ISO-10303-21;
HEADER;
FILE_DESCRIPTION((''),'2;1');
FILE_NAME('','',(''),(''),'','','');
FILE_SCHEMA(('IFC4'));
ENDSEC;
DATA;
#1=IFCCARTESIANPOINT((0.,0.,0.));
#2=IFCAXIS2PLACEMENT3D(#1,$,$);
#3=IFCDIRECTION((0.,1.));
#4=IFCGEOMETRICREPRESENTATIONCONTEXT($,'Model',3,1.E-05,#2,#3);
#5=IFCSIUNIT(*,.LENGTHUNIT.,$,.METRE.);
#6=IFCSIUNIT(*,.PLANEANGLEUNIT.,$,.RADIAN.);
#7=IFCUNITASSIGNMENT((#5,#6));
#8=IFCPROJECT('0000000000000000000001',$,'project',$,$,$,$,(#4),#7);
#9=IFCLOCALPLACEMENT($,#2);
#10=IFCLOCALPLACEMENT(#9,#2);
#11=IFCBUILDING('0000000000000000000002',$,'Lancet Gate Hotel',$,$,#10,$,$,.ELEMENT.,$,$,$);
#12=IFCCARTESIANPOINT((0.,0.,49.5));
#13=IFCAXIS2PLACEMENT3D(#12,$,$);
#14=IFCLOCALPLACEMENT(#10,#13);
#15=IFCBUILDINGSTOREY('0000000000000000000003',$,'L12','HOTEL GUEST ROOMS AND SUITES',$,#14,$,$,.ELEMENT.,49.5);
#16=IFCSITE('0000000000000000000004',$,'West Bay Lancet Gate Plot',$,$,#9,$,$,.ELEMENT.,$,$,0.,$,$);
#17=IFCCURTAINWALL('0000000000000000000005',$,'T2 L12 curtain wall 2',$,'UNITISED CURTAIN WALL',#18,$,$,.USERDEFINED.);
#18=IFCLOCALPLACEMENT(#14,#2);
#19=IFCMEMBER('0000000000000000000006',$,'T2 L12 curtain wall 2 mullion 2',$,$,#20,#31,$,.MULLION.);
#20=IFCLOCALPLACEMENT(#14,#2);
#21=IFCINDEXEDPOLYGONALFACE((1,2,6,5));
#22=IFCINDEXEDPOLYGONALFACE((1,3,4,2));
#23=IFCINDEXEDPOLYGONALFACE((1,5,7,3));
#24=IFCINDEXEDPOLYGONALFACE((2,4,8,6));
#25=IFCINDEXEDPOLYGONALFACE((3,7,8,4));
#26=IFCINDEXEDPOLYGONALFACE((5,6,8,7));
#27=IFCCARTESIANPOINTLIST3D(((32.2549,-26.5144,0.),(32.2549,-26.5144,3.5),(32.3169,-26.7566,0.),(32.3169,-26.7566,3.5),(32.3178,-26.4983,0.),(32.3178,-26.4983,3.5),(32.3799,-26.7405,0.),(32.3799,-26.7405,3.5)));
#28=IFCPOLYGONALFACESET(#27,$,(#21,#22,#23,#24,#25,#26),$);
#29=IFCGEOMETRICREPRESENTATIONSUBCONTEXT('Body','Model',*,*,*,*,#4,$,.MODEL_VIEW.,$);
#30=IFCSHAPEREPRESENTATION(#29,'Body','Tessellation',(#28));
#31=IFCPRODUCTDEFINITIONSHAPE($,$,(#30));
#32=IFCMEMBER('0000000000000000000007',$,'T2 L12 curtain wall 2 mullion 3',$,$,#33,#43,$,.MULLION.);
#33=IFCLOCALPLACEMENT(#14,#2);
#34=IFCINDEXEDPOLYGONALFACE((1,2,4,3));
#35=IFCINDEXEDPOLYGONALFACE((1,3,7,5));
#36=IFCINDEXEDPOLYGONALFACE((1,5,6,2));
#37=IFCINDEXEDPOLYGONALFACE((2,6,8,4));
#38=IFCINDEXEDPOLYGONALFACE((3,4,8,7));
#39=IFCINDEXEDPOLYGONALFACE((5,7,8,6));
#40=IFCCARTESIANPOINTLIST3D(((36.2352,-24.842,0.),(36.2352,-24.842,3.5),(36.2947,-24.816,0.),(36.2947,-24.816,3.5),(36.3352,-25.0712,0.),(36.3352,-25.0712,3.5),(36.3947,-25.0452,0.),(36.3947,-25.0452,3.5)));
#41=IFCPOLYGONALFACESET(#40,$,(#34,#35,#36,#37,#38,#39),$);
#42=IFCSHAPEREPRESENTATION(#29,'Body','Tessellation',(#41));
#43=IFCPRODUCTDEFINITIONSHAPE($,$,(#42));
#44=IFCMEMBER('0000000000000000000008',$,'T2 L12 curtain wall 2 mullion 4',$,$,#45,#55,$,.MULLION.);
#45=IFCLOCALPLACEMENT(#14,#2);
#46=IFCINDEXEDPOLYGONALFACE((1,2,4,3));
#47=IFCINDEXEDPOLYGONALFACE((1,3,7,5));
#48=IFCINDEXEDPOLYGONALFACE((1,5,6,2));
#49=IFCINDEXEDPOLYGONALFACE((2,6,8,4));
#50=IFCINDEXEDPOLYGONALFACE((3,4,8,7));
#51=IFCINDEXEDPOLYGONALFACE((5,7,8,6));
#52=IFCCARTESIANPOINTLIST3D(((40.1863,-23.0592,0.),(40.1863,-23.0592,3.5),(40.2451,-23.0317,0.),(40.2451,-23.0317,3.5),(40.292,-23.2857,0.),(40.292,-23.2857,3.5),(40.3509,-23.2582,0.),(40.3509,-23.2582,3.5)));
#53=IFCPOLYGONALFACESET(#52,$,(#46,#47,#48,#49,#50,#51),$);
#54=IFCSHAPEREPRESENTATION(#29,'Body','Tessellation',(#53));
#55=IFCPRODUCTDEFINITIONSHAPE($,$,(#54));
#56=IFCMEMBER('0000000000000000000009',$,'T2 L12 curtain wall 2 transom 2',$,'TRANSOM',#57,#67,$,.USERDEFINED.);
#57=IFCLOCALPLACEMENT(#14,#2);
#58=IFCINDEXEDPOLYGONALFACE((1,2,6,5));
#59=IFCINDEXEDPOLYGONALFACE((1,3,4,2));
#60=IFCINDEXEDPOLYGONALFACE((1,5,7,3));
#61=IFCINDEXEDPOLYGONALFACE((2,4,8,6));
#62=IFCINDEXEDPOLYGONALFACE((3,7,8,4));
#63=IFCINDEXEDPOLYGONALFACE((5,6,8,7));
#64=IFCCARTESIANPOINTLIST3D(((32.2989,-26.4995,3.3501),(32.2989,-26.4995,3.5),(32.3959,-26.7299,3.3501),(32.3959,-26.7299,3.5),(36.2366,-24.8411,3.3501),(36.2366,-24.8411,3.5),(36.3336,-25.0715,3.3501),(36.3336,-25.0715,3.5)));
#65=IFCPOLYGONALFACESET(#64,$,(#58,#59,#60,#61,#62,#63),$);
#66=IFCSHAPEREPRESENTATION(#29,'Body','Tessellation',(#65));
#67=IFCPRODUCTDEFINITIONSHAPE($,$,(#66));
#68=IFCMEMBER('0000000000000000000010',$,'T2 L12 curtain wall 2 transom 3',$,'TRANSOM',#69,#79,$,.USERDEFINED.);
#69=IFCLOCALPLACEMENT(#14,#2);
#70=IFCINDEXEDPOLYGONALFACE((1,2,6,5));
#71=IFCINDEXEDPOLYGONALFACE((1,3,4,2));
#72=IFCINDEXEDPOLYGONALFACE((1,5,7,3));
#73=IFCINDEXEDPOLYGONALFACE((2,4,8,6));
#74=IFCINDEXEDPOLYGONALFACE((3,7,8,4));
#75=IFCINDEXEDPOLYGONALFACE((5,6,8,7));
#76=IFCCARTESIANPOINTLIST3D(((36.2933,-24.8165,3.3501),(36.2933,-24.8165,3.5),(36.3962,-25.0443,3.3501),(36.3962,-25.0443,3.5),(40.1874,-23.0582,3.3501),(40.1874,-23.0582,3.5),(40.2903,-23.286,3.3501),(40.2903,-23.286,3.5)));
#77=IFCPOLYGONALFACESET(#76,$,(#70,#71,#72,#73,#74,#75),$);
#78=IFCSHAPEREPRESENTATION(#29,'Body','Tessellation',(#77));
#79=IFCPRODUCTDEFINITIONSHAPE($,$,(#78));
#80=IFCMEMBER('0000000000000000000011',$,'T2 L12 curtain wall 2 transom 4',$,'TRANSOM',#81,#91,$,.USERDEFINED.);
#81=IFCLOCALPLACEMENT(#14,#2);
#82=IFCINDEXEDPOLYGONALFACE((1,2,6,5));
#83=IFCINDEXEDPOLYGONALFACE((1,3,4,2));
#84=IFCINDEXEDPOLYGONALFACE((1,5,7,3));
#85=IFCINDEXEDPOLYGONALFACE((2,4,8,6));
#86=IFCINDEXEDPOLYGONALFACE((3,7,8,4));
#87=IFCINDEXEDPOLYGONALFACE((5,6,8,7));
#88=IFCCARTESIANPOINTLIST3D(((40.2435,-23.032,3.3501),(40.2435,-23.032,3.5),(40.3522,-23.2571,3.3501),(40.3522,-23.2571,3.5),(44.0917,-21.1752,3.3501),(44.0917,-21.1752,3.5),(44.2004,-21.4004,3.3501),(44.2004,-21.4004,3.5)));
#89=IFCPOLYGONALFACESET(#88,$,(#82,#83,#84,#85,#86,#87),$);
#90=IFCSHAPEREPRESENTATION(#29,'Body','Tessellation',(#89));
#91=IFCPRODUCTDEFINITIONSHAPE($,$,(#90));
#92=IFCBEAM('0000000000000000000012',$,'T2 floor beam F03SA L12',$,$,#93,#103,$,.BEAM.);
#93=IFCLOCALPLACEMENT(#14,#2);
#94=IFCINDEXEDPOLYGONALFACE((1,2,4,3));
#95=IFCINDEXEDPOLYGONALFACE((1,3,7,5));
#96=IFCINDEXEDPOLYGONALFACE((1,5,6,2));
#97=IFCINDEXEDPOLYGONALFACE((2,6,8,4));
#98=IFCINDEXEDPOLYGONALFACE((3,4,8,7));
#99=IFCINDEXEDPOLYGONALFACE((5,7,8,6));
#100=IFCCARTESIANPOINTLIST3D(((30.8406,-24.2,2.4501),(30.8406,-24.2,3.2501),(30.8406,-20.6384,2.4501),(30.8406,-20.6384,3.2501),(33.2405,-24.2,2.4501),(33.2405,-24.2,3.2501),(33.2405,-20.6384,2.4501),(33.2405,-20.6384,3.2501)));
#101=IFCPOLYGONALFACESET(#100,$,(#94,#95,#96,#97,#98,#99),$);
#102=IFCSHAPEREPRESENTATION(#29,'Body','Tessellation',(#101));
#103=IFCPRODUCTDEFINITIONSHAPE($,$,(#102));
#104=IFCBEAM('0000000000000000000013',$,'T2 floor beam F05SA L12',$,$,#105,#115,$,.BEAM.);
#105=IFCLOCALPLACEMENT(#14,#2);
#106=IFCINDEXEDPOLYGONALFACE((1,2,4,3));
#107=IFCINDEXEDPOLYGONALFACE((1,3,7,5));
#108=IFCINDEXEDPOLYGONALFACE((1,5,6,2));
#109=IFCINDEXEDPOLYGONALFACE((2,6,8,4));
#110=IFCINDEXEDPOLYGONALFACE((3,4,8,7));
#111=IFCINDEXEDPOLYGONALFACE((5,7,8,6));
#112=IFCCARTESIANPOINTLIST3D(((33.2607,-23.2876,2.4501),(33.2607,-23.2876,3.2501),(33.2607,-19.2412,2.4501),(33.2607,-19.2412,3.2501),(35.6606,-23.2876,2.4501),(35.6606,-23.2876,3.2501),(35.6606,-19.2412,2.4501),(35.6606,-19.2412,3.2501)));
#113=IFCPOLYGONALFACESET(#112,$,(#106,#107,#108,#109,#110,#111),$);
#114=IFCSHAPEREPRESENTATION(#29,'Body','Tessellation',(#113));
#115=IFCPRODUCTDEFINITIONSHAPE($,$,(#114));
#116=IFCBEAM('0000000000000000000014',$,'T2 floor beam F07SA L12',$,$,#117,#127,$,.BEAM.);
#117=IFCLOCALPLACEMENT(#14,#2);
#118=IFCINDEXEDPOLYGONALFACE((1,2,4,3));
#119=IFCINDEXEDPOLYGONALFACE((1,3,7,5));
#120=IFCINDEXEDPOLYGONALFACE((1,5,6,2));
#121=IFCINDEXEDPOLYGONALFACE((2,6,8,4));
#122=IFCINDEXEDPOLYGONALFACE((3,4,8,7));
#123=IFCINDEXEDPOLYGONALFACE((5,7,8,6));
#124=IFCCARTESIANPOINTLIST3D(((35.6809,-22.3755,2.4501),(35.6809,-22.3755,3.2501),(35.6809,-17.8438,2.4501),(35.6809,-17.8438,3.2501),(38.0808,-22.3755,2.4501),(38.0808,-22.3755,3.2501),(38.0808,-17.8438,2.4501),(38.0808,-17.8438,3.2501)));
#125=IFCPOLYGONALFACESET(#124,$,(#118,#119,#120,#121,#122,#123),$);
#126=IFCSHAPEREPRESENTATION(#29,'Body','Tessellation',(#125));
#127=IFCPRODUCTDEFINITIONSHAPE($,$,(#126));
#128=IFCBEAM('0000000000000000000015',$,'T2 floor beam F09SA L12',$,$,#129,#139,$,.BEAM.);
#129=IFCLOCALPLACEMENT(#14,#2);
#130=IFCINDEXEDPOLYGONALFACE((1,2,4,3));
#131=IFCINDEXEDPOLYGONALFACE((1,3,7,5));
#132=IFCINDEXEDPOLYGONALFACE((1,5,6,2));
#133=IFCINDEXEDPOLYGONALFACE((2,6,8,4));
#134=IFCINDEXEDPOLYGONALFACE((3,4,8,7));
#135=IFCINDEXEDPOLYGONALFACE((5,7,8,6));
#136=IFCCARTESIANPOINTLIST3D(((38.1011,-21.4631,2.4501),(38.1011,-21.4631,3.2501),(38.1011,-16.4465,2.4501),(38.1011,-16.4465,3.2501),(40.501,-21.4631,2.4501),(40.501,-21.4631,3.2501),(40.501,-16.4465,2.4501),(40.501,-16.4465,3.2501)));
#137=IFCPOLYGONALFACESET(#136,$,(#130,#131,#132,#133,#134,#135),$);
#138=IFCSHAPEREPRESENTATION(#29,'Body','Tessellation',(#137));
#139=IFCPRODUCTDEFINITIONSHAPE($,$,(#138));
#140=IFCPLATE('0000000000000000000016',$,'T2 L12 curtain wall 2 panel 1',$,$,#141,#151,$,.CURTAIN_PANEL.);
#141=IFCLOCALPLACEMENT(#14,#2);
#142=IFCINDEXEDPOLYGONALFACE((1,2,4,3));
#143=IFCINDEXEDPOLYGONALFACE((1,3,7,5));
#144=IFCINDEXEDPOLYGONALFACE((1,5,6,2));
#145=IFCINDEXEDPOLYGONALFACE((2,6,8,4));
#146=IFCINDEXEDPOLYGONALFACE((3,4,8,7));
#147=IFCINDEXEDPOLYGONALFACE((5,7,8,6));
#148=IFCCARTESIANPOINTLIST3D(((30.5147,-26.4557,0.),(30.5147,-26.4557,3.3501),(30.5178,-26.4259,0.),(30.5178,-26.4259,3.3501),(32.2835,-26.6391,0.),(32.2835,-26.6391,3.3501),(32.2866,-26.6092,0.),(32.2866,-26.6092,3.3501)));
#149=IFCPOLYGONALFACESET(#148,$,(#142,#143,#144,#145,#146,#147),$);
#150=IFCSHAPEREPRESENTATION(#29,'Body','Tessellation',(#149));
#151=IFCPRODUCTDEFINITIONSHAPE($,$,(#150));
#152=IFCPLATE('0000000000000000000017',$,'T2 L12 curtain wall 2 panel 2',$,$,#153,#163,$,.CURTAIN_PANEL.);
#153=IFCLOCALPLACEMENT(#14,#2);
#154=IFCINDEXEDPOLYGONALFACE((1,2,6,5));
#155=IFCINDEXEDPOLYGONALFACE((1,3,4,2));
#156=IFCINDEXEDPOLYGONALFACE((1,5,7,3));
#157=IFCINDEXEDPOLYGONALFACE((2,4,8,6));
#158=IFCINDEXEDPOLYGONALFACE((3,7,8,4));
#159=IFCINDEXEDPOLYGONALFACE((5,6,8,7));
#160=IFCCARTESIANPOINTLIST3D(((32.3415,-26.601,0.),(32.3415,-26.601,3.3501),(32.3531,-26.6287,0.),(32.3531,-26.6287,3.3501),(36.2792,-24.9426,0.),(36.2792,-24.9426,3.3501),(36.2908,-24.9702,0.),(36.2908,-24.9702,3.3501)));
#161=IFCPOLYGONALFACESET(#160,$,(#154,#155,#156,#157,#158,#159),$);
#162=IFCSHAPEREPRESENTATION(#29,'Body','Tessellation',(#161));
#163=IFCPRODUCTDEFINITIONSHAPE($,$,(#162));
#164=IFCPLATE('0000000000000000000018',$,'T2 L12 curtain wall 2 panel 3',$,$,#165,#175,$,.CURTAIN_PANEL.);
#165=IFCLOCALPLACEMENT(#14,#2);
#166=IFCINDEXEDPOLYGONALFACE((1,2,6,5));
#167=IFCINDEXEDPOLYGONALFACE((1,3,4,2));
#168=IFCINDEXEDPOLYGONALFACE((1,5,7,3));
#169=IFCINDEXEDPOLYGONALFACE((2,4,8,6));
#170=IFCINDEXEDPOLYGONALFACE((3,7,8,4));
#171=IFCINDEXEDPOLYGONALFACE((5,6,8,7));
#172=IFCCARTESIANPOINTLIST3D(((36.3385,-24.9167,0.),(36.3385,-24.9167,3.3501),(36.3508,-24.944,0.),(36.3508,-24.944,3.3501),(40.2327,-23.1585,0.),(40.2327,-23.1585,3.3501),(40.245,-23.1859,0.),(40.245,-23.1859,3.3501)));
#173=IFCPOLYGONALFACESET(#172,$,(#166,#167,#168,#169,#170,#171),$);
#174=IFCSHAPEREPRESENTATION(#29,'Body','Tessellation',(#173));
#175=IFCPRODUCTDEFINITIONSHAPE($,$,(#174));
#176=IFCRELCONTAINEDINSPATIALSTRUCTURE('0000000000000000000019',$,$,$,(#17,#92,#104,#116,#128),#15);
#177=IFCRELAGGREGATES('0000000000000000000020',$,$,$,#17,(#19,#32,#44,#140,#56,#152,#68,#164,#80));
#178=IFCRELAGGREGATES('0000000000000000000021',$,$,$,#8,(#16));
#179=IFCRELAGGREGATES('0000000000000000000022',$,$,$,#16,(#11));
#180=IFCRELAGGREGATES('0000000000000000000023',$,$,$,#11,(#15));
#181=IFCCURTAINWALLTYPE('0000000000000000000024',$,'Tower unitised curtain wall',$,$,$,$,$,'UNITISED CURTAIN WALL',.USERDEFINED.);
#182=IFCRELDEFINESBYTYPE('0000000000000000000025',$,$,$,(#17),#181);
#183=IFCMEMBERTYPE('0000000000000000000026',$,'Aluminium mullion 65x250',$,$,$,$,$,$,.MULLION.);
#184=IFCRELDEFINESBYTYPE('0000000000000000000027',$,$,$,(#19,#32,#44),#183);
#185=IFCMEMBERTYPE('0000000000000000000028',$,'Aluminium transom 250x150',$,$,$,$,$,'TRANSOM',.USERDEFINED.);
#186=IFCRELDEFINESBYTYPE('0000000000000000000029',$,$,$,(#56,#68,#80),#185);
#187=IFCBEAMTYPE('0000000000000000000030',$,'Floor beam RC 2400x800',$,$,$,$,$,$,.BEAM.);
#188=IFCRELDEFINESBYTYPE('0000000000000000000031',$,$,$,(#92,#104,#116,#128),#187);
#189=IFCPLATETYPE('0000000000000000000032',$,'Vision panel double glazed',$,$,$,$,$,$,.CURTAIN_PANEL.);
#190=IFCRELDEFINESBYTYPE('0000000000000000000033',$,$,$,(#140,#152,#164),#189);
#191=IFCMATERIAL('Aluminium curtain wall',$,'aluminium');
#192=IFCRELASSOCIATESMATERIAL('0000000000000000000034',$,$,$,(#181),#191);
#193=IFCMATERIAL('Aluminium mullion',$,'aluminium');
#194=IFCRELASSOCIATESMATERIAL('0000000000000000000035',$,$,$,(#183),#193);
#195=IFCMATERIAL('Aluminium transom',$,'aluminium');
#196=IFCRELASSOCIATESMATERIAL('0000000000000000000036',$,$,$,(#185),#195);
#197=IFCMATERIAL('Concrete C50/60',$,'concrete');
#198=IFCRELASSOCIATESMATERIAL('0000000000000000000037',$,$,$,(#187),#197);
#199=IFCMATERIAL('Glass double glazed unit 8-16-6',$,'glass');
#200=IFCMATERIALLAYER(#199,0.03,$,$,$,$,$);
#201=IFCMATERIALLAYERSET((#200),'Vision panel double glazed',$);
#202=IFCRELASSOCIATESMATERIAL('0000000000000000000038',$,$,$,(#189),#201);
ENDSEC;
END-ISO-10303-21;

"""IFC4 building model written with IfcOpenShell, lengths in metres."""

from ifc_helpers import new_model, si_unit, direction, frame, origin, origin_2d, place, context, subcontext, project, spatial, rectangle, extrude, material, layer, layer_set, material_profile, profile_set, type_object, element, aggregate, save


model = new_model("IFC4")

# Units and contexts
model_context = context("Model", 3, precision=1e-05, world=origin(), true_north=direction((0.0, 1.0)))
body_context = subcontext(model_context, "Body", "Model", "MODEL_VIEW")
ifc_project = project(units=[si_unit("LENGTHUNIT", "METRE"), si_unit("PLANEANGLEUNIT", "RADIAN")], contexts=[model_context])

# Site, building, storey
site_placement = place(None, origin())
site = spatial("IfcSite", under=ifc_project, at=site_placement, Name="West Bay Lancet Gate Plot", CompositionType="ELEMENT", RefElevation=0.0)
building_placement = place(site_placement, origin())
building = spatial("IfcBuilding", under=site, at=building_placement, Name="Lancet Gate Hotel", CompositionType="ELEMENT")
storey_placement = place(building_placement, frame((0.0, 0.0, 49.5)))
storey = spatial("IfcBuildingStorey", under=building, at=storey_placement, Name="L12", Description="HOTEL GUEST ROOMS AND SUITES", CompositionType="ELEMENT", Elevation=49.5)

# Curtain wall, members
ifc_material_1 = material(Name="Aluminium curtain wall", Category="aluminium")
curtain_wall_type = type_object("IfcCurtainWallType", Name="Tower unitised curtain wall", ElementType="UNITISED CURTAIN WALL", PredefinedType="USERDEFINED", material=ifc_material_1)
curtain_wall_placement = place(storey_placement, origin())
curtain_wall = element("IfcCurtainWall", 1, at=curtain_wall_placement, inside=storey, type_object=curtain_wall_type, Name="T2 L12 curtain wall 2", ObjectType="UNITISED CURTAIN WALL", PredefinedType="USERDEFINED")
ifc_material_2 = material(Name="Aluminium mullion", Category="aluminium")
ifc_material_profile_1 = material_profile(ifc_material_2, rectangle(XDim=0.0649, YDim=0.25, at=origin_2d()), Name="MULLION 65x250")
ifc_profile_set_1 = profile_set([ifc_material_profile_1], Name="Aluminium mullion")
member_type_1 = type_object("IfcMemberType", Name="Aluminium mullion 65x250", PredefinedType="MULLION", material=ifc_profile_set_1)
member_1_placement = place(storey_placement, frame((32.3174, -26.6274, 0.0), z_axis=(0.0, 0.0, 1.0), x_axis=(0.968721, 0.24815, 0.0)))
member_1 = element("IfcMember", 2, at=member_1_placement, type_object=member_type_1, Name="T2 L12 curtain wall 2 mullion 2", PredefinedType="MULLION", context=body_context, shape_type="SweptSolid", body=[
    extrude(rectangle(XDim=0.0649, YDim=0.25, at=origin_2d()), origin(), (0.0, 0.0, 1.0), 3.5),
])
member_2_placement = place(storey_placement, frame((36.3149, -24.9436, 0.0), z_axis=(0.0, 0.0, 1.0), x_axis=(0.916579, 0.399854, 0.0)))
member_2 = element("IfcMember", 3, at=member_2_placement, type_object=member_type_1, Name="T2 L12 curtain wall 2 mullion 3", PredefinedType="MULLION", context=body_context, shape_type="SweptSolid", body=[
    extrude(rectangle(XDim=0.0649, YDim=0.25, at=origin_2d()), origin(), (0.0, 0.0, 1.0), 3.5),
])
member_3_placement = place(storey_placement, frame((40.2686, -23.1587, 0.0), z_axis=(0.0, 0.0, 1.0), x_axis=(0.906105, 0.423053, 0.0)))
member_3 = element("IfcMember", 4, at=member_3_placement, type_object=member_type_1, Name="T2 L12 curtain wall 2 mullion 4", PredefinedType="MULLION", context=body_context, shape_type="SweptSolid", body=[
    extrude(rectangle(XDim=0.0649, YDim=0.25, at=origin_2d()), origin(), (0.0, 0.0, 1.0), 3.5),
])
ifc_material_3 = material(Name="Aluminium transom", Category="aluminium")
ifc_material_profile_2 = material_profile(ifc_material_3, rectangle(XDim=0.25, YDim=0.1499, at=origin_2d()), Name="TRANSOM 250x150")
ifc_profile_set_2 = profile_set([ifc_material_profile_2], Name="Aluminium transom")
member_type_2 = type_object("IfcMemberType", Name="Aluminium transom 250x150", ElementType="TRANSOM", PredefinedType="USERDEFINED", material=ifc_profile_set_2)
member_4_placement = place(storey_placement, frame((32.3474, -26.6147, 3.425), z_axis=(0.921598, 0.388146, 0.0), x_axis=(-0.388146, 0.921598, 0.0)))
member_4 = element("IfcMember", 5, at=member_4_placement, type_object=member_type_2, Name="T2 L12 curtain wall 2 transom 2", ObjectType="TRANSOM", PredefinedType="USERDEFINED", context=body_context, shape_type="SweptSolid", body=[
    extrude(rectangle(XDim=0.25, YDim=0.1499, at=origin_2d()), origin(), (0.0, 0.0, 1.0), 4.2727),
])
member_5_placement = place(storey_placement, frame((36.3447, -24.9304, 3.425), z_axis=(0.911397, 0.411529, 0.0), x_axis=(-0.411529, 0.911397, 0.0)))
member_5 = element("IfcMember", 6, at=member_5_placement, type_object=member_type_2, Name="T2 L12 curtain wall 2 transom 3", ObjectType="TRANSOM", PredefinedType="USERDEFINED", context=body_context, shape_type="SweptSolid", body=[
    extrude(rectangle(XDim=0.25, YDim=0.1499, at=origin_2d()), origin(), (0.0, 0.0, 1.0), 4.2727),
])
member_6_placement = place(storey_placement, frame((40.2979, -23.1445, 3.425), z_axis=(0.900646, 0.434553, 0.0), x_axis=(-0.434553, 0.900646, 0.0)))
member_6 = element("IfcMember", 7, at=member_6_placement, type_object=member_type_2, Name="T2 L12 curtain wall 2 transom 4", ObjectType="TRANSOM", PredefinedType="USERDEFINED", context=body_context, shape_type="SweptSolid", body=[
    extrude(rectangle(XDim=0.25, YDim=0.1499, at=origin_2d()), origin(), (0.0, 0.0, 1.0), 4.2727),
])

# Beams
ifc_material_4 = material(Name="Concrete C50/60", Category="concrete")
ifc_material_profile_3 = material_profile(ifc_material_4, rectangle(XDim=2.3999, YDim=0.8, at=origin_2d()), Name="RC 2400x800")
ifc_profile_set_3 = profile_set([ifc_material_profile_3], Name="Concrete C50/60")
beam_type = type_object("IfcBeamType", Name="Floor beam RC 2400x800", PredefinedType="BEAM", material=ifc_profile_set_3)
beam_1_placement = place(storey_placement, frame((32.0405, -24.2, 2.8501), z_axis=(0.0, 1.0, 0.0), x_axis=(-1.0, 0.0, 0.0)))
element("IfcBeam", 8, at=beam_1_placement, inside=storey, type_object=beam_type, Name="T2 floor beam F03SA L12", PredefinedType="BEAM", context=body_context, shape_type="SweptSolid", body=[
    extrude(rectangle(XDim=2.3999, YDim=0.8, at=origin_2d()), origin(), (0.0, 0.0, 1.0), 3.5615),
])
beam_2_placement = place(storey_placement, frame((34.4607, -23.2876, 2.8501), z_axis=(0.0, 1.0, 0.0), x_axis=(-1.0, 0.0, 0.0)))
element("IfcBeam", 9, at=beam_2_placement, inside=storey, type_object=beam_type, Name="T2 floor beam F05SA L12", PredefinedType="BEAM", context=body_context, shape_type="SweptSolid", body=[
    extrude(rectangle(XDim=2.3999, YDim=0.8, at=origin_2d()), origin(), (0.0, 0.0, 1.0), 4.0464),
])
beam_3_placement = place(storey_placement, frame((36.8809, -22.3755, 2.8501), z_axis=(0.0, 1.0, 0.0), x_axis=(-1.0, 0.0, 0.0)))
element("IfcBeam", 10, at=beam_3_placement, inside=storey, type_object=beam_type, Name="T2 floor beam F07SA L12", PredefinedType="BEAM", context=body_context, shape_type="SweptSolid", body=[
    extrude(rectangle(XDim=2.3999, YDim=0.8, at=origin_2d()), origin(), (0.0, 0.0, 1.0), 4.5317),
])
beam_4_placement = place(storey_placement, frame((39.301, -21.4631, 2.8501), z_axis=(0.0, 1.0, 0.0), x_axis=(-1.0, 0.0, 0.0)))
element("IfcBeam", 11, at=beam_4_placement, inside=storey, type_object=beam_type, Name="T2 floor beam F09SA L12", PredefinedType="BEAM", context=body_context, shape_type="SweptSolid", body=[
    extrude(rectangle(XDim=2.3999, YDim=0.8, at=origin_2d()), origin(), (0.0, 0.0, 1.0), 5.0166),
])

# Plates
ifc_material_5 = material(Name="Glass double glazed unit 8-16-6", Category="glass")
ifc_layer_1 = layer(ifc_material_5, 0.03)
ifc_layer_set_1 = layer_set([ifc_layer_1], Name="Vision panel double glazed")
plate_type = type_object("IfcPlateType", Name="Vision panel double glazed", PredefinedType="CURTAIN_PANEL", material=ifc_layer_set_1)
plate_1_placement = place(storey_placement, frame((31.4006, -26.5325, 0.0), z_axis=(0.0, 0.0, 1.0), x_axis=(0.994672, -0.103088, 0.0)))
plate_1 = element("IfcPlate", 12, at=plate_1_placement, type_object=plate_type, Name="T2 L12 curtain wall 2 panel 1", PredefinedType="CURTAIN_PANEL", context=body_context, shape_type="SweptSolid", body=[
    extrude(rectangle(XDim=1.7783, YDim=0.03, at=origin_2d()), origin(), (0.0, 0.0, 1.0), 3.3501),
])
plate_2_placement = place(storey_placement, frame((34.3162, -25.7856, 0.0), z_axis=(0.0, 0.0, 1.0), x_axis=(0.921593, 0.388157, 0.0)))
plate_2 = element("IfcPlate", 13, at=plate_2_placement, type_object=plate_type, Name="T2 L12 curtain wall 2 panel 2", PredefinedType="CURTAIN_PANEL", context=body_context, shape_type="SweptSolid", body=[
    extrude(rectangle(XDim=4.2727, YDim=0.03, at=origin_2d()), origin(), (0.0, 0.0, 1.0), 3.3501),
])
plate_3_placement = place(storey_placement, frame((38.2917, -24.0513, 0.0), z_axis=(0.0, 0.0, 1.0), x_axis=(0.911416, 0.411487, 0.0)))
plate_3 = element("IfcPlate", 14, at=plate_3_placement, type_object=plate_type, Name="T2 L12 curtain wall 2 panel 3", PredefinedType="CURTAIN_PANEL", context=body_context, shape_type="SweptSolid", body=[
    extrude(rectangle(XDim=4.2727, YDim=0.03, at=origin_2d()), origin(), (0.0, 0.0, 1.0), 3.3501),
])
aggregate(curtain_wall, [member_1, member_2, member_3, plate_1, member_4, plate_2, member_5, plate_3, member_6])

save(model, "model.ifc")
